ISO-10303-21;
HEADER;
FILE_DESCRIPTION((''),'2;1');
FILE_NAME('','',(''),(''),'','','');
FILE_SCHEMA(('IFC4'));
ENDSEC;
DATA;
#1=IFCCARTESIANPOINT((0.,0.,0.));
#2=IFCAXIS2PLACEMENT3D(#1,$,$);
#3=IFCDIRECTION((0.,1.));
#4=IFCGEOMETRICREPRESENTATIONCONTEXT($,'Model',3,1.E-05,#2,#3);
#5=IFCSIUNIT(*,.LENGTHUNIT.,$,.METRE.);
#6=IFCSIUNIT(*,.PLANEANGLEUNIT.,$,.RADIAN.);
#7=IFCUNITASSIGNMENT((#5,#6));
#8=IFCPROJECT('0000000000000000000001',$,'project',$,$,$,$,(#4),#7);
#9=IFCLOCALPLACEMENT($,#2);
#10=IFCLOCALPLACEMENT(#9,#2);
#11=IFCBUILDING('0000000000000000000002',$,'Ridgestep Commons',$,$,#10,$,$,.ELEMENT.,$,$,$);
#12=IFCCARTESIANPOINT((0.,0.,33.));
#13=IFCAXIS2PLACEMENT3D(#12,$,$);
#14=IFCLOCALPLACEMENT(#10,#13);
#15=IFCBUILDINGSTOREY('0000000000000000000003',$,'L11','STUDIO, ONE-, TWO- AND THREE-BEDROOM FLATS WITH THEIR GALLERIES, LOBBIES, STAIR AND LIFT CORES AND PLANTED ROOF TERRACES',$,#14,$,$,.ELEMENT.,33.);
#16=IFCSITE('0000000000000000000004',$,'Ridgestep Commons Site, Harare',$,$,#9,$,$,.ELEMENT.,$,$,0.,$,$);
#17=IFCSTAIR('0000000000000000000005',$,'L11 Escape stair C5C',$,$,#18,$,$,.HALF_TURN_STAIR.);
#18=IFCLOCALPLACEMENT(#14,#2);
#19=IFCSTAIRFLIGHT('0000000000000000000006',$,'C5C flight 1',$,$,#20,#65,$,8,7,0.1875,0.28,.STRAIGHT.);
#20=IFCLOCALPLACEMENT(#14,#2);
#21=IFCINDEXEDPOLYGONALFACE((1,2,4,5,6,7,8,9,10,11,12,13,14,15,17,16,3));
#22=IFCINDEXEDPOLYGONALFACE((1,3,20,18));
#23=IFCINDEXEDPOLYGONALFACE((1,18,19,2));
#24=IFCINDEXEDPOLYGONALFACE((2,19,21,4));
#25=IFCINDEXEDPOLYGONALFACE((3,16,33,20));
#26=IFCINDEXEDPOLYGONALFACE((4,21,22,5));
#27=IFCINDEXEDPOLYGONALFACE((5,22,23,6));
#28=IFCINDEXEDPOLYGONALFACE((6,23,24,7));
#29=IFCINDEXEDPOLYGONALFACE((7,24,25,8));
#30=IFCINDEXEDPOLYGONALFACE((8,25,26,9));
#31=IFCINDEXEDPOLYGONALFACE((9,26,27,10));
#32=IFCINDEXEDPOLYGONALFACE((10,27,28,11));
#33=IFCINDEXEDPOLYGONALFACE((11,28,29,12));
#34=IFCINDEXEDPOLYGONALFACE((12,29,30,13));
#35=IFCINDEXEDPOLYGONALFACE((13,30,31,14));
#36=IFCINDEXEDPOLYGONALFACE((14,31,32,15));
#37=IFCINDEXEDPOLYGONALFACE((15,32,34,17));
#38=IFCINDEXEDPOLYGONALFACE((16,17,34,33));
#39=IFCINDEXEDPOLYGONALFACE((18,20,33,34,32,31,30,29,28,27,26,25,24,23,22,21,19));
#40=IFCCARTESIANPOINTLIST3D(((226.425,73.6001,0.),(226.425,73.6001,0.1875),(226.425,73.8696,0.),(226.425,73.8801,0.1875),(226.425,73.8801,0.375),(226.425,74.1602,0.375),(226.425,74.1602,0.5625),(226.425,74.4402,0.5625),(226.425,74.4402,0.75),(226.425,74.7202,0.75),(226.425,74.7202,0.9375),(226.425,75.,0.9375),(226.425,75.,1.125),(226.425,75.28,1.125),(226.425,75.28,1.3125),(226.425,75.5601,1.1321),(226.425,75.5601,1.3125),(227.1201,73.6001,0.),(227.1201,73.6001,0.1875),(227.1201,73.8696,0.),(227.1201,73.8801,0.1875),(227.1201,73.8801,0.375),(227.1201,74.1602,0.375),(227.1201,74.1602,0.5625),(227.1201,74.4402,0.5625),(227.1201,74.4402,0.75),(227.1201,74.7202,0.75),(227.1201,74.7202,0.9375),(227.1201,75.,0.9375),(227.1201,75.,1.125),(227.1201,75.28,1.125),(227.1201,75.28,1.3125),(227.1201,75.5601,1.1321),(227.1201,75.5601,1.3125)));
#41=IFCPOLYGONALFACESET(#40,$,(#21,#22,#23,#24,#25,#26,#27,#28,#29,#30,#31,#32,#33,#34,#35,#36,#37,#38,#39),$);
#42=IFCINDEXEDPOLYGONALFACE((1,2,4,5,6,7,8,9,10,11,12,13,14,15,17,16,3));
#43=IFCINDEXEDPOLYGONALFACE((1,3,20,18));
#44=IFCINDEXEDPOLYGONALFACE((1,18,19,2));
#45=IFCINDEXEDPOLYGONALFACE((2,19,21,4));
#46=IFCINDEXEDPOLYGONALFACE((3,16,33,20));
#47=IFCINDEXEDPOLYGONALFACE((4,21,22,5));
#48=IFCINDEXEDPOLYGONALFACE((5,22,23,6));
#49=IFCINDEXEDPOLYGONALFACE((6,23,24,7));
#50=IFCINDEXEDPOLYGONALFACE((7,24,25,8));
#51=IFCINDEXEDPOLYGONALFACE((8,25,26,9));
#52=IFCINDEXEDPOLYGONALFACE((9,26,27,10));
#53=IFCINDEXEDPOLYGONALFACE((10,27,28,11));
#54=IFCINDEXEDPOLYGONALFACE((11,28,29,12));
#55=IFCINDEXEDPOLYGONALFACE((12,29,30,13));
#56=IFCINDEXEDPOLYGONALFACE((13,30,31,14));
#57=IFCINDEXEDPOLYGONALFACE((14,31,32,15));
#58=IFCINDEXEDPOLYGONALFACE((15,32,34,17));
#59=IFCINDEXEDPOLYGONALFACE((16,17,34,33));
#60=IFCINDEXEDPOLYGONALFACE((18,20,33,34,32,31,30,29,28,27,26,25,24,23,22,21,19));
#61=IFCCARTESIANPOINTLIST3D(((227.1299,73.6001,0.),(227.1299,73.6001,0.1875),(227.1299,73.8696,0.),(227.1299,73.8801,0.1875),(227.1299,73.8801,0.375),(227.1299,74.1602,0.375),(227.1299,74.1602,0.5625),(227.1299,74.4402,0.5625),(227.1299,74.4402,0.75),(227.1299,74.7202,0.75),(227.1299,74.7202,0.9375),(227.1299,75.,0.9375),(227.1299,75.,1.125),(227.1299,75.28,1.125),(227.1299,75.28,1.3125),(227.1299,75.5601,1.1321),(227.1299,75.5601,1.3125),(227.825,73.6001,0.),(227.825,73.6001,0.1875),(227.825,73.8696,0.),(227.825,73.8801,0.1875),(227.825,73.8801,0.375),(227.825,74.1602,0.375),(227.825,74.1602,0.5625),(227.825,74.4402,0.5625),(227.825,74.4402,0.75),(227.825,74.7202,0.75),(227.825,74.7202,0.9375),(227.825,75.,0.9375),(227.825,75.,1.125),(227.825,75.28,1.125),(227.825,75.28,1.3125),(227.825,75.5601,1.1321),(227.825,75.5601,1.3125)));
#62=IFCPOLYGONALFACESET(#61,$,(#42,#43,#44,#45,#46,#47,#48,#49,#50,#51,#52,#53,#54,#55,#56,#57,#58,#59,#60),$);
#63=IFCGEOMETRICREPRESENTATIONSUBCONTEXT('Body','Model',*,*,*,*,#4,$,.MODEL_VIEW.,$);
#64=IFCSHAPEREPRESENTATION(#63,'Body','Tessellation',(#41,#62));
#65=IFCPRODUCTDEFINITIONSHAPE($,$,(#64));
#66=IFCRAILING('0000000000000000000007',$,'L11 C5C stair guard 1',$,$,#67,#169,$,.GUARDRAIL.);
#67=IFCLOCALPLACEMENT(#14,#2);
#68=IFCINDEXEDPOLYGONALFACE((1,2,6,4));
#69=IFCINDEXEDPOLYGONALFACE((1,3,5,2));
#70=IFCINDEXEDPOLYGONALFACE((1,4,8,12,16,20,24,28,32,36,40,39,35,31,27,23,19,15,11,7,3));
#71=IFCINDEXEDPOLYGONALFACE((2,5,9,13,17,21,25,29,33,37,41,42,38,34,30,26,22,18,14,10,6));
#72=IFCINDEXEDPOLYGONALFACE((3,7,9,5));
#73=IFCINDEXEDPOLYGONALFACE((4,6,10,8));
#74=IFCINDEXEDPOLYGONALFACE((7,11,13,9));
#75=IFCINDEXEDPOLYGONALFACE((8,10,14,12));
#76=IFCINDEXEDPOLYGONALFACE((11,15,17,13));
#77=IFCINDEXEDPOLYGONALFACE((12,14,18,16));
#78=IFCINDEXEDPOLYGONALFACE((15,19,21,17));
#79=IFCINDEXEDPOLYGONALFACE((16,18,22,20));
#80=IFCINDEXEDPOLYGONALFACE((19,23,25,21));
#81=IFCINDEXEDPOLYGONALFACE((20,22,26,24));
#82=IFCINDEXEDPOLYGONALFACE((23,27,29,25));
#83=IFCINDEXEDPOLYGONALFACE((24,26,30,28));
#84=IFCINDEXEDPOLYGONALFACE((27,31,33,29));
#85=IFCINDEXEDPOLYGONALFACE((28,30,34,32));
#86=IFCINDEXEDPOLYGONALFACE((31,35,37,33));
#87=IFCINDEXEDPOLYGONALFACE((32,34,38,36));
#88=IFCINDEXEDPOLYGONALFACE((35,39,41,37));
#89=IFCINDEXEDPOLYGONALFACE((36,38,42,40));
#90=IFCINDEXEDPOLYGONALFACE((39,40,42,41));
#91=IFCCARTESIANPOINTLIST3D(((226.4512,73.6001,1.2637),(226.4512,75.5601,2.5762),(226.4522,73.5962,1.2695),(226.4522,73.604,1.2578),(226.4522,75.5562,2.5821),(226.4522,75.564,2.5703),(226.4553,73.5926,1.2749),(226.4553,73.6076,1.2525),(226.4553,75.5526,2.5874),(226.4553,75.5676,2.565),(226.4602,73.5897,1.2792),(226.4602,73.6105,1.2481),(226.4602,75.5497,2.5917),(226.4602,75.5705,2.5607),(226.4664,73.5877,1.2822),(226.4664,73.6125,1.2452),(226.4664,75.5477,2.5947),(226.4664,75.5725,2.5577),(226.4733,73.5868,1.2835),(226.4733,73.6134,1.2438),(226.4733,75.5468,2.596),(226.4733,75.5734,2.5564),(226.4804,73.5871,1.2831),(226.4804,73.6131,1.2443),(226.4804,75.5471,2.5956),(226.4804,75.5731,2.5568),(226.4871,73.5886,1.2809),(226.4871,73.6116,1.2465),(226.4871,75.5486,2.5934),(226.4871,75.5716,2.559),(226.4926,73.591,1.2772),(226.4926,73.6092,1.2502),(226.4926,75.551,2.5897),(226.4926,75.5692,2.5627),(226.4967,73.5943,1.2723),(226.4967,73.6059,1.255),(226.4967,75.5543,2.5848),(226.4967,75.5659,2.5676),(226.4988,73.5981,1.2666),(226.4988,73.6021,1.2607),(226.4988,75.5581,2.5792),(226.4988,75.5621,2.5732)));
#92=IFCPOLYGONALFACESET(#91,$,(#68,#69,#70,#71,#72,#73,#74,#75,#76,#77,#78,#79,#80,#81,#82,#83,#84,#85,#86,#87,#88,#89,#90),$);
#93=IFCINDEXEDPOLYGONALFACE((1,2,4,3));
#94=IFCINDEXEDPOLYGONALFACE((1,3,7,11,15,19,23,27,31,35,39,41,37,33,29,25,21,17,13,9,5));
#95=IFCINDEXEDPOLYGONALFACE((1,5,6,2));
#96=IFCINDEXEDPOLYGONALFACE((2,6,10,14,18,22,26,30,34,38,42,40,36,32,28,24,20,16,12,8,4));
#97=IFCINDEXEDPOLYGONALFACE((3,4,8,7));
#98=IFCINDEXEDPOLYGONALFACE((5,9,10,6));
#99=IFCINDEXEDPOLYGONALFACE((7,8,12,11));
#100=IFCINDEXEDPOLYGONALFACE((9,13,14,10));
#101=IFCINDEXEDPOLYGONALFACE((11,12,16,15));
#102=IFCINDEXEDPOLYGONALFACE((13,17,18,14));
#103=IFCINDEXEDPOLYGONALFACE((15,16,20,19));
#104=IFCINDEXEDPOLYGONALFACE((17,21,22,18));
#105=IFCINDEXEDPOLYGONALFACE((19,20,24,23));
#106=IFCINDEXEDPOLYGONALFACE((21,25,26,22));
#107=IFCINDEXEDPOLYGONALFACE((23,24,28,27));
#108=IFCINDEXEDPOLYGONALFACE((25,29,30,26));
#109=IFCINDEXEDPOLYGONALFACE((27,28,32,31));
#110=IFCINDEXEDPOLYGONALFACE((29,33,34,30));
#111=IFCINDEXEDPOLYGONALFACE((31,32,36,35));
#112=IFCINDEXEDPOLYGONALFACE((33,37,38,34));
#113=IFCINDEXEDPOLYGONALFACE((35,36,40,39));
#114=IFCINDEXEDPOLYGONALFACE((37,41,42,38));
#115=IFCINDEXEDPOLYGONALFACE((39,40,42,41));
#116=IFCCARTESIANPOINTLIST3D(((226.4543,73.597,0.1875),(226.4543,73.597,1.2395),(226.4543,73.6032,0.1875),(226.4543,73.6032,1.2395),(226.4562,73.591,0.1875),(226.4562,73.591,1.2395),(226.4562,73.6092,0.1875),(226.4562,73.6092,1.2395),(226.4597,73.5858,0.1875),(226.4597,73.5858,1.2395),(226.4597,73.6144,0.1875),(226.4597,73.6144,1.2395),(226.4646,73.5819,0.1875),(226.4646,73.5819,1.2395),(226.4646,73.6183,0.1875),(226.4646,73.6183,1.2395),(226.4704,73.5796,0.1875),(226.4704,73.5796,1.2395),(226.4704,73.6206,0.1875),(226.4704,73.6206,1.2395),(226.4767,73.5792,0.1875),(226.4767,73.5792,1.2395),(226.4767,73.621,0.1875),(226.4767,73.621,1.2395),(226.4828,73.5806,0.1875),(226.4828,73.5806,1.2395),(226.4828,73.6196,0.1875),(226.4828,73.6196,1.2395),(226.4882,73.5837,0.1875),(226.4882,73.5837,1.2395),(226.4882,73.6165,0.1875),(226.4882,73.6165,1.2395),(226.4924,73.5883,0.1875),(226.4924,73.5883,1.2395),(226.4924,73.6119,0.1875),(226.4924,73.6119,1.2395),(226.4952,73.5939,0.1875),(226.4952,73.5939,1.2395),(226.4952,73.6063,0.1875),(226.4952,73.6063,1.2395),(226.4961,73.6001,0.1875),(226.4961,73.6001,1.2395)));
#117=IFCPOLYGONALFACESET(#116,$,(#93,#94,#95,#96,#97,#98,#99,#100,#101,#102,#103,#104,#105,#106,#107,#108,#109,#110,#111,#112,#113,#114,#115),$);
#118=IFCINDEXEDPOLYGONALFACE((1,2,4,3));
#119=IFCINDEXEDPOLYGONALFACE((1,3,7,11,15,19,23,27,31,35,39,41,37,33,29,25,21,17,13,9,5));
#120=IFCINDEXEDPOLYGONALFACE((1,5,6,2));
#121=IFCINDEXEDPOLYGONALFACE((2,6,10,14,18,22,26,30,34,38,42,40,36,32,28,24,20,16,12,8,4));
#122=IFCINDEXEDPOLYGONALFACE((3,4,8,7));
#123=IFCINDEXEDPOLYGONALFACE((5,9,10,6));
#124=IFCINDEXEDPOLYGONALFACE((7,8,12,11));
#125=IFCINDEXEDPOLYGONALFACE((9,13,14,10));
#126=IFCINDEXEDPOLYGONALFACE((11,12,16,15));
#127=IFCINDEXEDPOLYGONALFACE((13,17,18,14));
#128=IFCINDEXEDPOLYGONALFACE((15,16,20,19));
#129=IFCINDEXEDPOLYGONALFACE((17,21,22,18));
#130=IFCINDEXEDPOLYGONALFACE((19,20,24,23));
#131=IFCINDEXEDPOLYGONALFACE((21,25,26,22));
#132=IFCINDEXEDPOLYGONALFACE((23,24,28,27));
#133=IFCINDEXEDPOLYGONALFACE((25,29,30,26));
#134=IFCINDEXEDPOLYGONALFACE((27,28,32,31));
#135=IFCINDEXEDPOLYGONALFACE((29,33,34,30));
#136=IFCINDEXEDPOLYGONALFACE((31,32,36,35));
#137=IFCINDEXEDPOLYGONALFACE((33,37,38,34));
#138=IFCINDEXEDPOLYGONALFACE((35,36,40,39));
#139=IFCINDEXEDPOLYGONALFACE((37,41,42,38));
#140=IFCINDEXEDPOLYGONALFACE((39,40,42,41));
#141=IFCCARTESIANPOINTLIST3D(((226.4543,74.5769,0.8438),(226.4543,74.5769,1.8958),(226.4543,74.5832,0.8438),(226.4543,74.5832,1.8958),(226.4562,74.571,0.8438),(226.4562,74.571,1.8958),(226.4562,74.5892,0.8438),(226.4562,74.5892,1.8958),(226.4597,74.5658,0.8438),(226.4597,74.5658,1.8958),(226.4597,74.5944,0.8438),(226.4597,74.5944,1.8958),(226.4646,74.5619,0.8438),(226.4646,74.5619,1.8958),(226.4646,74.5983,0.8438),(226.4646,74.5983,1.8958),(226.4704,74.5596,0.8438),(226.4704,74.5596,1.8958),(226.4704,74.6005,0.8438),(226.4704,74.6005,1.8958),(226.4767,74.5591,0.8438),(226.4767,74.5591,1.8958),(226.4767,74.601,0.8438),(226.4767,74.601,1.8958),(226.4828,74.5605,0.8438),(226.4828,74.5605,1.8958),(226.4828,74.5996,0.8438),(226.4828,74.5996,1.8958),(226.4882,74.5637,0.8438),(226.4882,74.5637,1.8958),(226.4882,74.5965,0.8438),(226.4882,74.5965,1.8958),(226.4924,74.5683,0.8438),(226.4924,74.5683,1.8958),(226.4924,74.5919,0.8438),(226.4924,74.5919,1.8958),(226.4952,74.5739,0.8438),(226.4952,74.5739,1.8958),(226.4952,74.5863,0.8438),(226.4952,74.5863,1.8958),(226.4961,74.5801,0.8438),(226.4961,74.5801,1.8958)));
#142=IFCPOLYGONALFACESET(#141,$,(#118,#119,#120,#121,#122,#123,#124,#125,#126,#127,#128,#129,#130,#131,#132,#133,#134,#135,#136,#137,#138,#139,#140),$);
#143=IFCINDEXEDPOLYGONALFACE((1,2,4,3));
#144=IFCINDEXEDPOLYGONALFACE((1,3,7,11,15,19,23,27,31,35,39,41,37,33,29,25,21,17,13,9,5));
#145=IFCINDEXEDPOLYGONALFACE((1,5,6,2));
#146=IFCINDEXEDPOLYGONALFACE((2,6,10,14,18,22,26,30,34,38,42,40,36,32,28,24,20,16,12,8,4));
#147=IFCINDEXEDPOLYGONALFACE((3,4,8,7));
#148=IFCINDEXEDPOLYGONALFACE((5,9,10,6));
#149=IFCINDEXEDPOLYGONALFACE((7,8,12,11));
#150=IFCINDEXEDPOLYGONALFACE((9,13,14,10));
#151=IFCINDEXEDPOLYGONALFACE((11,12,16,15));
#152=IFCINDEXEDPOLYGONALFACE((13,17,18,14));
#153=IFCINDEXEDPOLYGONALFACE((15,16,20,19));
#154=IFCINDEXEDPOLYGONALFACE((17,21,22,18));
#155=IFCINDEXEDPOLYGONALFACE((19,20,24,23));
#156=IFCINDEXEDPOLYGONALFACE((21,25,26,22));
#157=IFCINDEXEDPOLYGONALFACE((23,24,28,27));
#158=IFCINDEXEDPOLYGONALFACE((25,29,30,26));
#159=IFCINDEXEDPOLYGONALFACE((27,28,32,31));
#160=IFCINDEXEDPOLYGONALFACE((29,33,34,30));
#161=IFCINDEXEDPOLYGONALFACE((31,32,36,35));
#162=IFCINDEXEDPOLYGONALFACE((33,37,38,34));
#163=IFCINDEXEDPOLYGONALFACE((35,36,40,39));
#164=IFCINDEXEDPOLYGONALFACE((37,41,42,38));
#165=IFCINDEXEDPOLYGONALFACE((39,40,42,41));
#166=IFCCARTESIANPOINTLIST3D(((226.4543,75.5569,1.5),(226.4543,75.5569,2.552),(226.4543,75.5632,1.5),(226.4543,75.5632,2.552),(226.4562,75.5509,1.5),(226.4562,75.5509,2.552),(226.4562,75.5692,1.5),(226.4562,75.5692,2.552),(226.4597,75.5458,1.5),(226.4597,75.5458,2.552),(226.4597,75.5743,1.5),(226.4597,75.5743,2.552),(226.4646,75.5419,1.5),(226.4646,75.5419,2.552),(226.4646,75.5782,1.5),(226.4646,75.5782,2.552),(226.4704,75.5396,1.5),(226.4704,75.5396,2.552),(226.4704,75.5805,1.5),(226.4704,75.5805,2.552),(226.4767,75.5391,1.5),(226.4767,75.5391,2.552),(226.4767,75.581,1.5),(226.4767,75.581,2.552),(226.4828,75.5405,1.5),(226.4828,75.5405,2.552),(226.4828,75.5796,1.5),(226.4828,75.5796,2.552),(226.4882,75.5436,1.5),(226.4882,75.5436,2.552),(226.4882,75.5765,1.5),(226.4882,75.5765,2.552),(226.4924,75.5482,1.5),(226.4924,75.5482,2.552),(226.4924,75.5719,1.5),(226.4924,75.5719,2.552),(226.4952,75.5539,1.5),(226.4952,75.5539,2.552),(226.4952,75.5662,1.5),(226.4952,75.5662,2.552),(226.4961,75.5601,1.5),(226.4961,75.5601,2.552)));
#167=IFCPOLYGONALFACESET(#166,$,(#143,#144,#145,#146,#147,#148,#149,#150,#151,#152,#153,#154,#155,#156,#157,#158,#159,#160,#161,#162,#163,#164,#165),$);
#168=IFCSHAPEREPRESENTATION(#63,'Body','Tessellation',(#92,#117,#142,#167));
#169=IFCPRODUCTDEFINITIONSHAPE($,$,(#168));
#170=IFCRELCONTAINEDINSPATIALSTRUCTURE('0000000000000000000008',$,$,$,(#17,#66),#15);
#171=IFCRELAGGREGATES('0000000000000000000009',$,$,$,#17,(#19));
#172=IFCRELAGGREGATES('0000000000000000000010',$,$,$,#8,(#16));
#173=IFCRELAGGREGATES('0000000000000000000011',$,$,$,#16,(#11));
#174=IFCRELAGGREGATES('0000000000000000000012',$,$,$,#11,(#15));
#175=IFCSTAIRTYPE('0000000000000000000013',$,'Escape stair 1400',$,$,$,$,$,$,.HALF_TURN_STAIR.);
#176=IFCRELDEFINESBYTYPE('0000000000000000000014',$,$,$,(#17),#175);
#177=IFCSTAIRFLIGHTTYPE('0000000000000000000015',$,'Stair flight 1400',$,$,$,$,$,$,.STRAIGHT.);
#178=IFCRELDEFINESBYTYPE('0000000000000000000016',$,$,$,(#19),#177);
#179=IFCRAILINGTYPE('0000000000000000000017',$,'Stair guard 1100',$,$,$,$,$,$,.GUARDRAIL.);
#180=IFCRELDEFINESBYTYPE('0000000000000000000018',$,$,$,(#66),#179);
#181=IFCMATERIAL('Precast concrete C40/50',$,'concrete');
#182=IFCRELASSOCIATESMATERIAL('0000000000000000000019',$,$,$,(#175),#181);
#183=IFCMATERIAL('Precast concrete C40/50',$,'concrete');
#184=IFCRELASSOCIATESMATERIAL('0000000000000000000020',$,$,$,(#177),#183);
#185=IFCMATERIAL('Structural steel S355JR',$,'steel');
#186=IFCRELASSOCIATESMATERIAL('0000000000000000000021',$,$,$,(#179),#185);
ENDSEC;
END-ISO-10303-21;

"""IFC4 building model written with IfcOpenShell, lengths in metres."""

from ifc_helpers import new_model, si_unit, direction, frame, origin, origin_2d, place, context, subcontext, project, spatial, polyline, circle, outline, extrude, material, type_object, element, aggregate, save


model = new_model("IFC4")

# Units and contexts
model_context = context("Model", 3, precision=1e-05, world=origin(), true_north=direction((0.0, 1.0)))
body_context = subcontext(model_context, "Body", "Model", "MODEL_VIEW")
ifc_project = project(units=[si_unit("LENGTHUNIT", "METRE"), si_unit("PLANEANGLEUNIT", "RADIAN")], contexts=[model_context])

# Site, building, storey
site_placement = place(None, origin())
site = spatial("IfcSite", under=ifc_project, at=site_placement, Name="Ridgestep Commons Site, Harare", CompositionType="ELEMENT", RefElevation=0.0)
building_placement = place(site_placement, origin())
building = spatial("IfcBuilding", under=site, at=building_placement, Name="Ridgestep Commons", CompositionType="ELEMENT")
storey_placement = place(building_placement, frame((0.0, 0.0, 33.0)))
storey = spatial("IfcBuildingStorey", under=building, at=storey_placement, Name="L11", Description="STUDIO, ONE-, TWO- AND THREE-BEDROOM FLATS WITH THEIR GALLERIES, LOBBIES, STAIR AND LIFT CORES AND PLANTED ROOF TERRACES", CompositionType="ELEMENT", Elevation=33.0)

# Stair, stair flight
ifc_material_1 = material(Name="Precast concrete C40/50", Category="concrete")
stair_type = type_object("IfcStairType", Name="Escape stair 1400", PredefinedType="HALF_TURN_STAIR", material=ifc_material_1)
stair_placement = place(storey_placement, origin())
stair = element("IfcStair", 1, at=stair_placement, inside=storey, type_object=stair_type, Name="L11 Escape stair C5C", PredefinedType="HALF_TURN_STAIR")
ifc_material_2 = material(Name="Precast concrete C40/50", Category="concrete")
stair_flight_type = type_object("IfcStairFlightType", Name="Stair flight 1400", PredefinedType="STRAIGHT", material=ifc_material_2)
stair_flight_placement = place(storey_placement, frame((227.125, 73.6001, 0.0), z_axis=(0.0, 0.0, 1.0), x_axis=(0.0, 1.0, 0.0)))
stair_flight = element("IfcStairFlight", 2, at=stair_flight_placement, type_object=stair_flight_type, Name="C5C flight 1", NumberOfRisers=8, NumberOfTreads=7, PredefinedType="STRAIGHT", RiserHeight=0.1875, TreadLength=0.28, context=body_context, shape_type="SweptSolid", body=[
    extrude(outline(polyline([(0.0, 0.0), (0.0, 0.1875), (0.28, 0.1875), (0.28, 0.375), (0.5601, 0.375), (0.5601, 0.5625), (0.8401, 0.5625), (0.8401, 0.75), (1.1201, 0.75), (1.1201, 0.9375), (1.3999, 0.9375), (1.3999, 1.125), (1.6799, 1.125), (1.6799, 1.3125), (1.96, 1.3125), (1.96, 1.5), (1.96, 1.1321), (0.2695, 0.0), (0.0, 0.0)])), frame((0.0, 0.7, 0.0), z_axis=(0.0, -1.0, 0.0), x_axis=(1.0, 0.0, 0.0)), (0.0, 0.0, 1.0), 0.6951),
    extrude(outline(polyline([(0.0, 0.0), (0.0, 0.1875), (0.28, 0.1875), (0.28, 0.375), (0.5601, 0.375), (0.5601, 0.5625), (0.8401, 0.5625), (0.8401, 0.75), (1.1201, 0.75), (1.1201, 0.9375), (1.3999, 0.9375), (1.3999, 1.125), (1.6799, 1.125), (1.6799, 1.3125), (1.96, 1.3125), (1.96, 1.5), (1.96, 1.1321), (0.2695, 0.0), (0.0, 0.0)])), frame((0.0, -0.0049, 0.0), z_axis=(0.0, -1.0, 0.0), x_axis=(1.0, 0.0, 0.0)), (0.0, 0.0, 1.0), 0.6951),
])
aggregate(stair, [stair_flight])

# Railing
ifc_material_3 = material(Name="Structural steel S355JR", Category="steel")
railing_type_1 = type_object("IfcRailingType", Name="Stair guard 1100", PredefinedType="GUARDRAIL", material=ifc_material_3)
railing_1_placement = place(storey_placement, frame((226.4751, 73.6001, 0.1875)))
element("IfcRailing", 3, at=railing_1_placement, inside=storey, type_object=railing_type_1, Name="L11 C5C stair guard 1", PredefinedType="GUARDRAIL", context=body_context, shape_type="SweptSolid", body=[
    extrude(circle(Radius=0.0239, at=origin_2d()), frame((0.0, 0.0, 1.0762), z_axis=(0.0, 0.830902, 0.556419), x_axis=(-1.0, 0.0, 0.0)), (0.0, 0.0, 1.0), 2.3589),
    extrude(circle(Radius=0.021, at=origin_2d()), origin(), (0.0, 0.0, 1.0), 1.052),
    extrude(circle(Radius=0.021, at=origin_2d()), frame((0.0, 0.98, 0.6562)), (0.0, 0.0, 1.0), 1.052),
    extrude(circle(Radius=0.021, at=origin_2d()), frame((0.0, 1.96, 1.3125)), (0.0, 0.0, 1.0), 1.052),
])

save(model, "model.ifc")
